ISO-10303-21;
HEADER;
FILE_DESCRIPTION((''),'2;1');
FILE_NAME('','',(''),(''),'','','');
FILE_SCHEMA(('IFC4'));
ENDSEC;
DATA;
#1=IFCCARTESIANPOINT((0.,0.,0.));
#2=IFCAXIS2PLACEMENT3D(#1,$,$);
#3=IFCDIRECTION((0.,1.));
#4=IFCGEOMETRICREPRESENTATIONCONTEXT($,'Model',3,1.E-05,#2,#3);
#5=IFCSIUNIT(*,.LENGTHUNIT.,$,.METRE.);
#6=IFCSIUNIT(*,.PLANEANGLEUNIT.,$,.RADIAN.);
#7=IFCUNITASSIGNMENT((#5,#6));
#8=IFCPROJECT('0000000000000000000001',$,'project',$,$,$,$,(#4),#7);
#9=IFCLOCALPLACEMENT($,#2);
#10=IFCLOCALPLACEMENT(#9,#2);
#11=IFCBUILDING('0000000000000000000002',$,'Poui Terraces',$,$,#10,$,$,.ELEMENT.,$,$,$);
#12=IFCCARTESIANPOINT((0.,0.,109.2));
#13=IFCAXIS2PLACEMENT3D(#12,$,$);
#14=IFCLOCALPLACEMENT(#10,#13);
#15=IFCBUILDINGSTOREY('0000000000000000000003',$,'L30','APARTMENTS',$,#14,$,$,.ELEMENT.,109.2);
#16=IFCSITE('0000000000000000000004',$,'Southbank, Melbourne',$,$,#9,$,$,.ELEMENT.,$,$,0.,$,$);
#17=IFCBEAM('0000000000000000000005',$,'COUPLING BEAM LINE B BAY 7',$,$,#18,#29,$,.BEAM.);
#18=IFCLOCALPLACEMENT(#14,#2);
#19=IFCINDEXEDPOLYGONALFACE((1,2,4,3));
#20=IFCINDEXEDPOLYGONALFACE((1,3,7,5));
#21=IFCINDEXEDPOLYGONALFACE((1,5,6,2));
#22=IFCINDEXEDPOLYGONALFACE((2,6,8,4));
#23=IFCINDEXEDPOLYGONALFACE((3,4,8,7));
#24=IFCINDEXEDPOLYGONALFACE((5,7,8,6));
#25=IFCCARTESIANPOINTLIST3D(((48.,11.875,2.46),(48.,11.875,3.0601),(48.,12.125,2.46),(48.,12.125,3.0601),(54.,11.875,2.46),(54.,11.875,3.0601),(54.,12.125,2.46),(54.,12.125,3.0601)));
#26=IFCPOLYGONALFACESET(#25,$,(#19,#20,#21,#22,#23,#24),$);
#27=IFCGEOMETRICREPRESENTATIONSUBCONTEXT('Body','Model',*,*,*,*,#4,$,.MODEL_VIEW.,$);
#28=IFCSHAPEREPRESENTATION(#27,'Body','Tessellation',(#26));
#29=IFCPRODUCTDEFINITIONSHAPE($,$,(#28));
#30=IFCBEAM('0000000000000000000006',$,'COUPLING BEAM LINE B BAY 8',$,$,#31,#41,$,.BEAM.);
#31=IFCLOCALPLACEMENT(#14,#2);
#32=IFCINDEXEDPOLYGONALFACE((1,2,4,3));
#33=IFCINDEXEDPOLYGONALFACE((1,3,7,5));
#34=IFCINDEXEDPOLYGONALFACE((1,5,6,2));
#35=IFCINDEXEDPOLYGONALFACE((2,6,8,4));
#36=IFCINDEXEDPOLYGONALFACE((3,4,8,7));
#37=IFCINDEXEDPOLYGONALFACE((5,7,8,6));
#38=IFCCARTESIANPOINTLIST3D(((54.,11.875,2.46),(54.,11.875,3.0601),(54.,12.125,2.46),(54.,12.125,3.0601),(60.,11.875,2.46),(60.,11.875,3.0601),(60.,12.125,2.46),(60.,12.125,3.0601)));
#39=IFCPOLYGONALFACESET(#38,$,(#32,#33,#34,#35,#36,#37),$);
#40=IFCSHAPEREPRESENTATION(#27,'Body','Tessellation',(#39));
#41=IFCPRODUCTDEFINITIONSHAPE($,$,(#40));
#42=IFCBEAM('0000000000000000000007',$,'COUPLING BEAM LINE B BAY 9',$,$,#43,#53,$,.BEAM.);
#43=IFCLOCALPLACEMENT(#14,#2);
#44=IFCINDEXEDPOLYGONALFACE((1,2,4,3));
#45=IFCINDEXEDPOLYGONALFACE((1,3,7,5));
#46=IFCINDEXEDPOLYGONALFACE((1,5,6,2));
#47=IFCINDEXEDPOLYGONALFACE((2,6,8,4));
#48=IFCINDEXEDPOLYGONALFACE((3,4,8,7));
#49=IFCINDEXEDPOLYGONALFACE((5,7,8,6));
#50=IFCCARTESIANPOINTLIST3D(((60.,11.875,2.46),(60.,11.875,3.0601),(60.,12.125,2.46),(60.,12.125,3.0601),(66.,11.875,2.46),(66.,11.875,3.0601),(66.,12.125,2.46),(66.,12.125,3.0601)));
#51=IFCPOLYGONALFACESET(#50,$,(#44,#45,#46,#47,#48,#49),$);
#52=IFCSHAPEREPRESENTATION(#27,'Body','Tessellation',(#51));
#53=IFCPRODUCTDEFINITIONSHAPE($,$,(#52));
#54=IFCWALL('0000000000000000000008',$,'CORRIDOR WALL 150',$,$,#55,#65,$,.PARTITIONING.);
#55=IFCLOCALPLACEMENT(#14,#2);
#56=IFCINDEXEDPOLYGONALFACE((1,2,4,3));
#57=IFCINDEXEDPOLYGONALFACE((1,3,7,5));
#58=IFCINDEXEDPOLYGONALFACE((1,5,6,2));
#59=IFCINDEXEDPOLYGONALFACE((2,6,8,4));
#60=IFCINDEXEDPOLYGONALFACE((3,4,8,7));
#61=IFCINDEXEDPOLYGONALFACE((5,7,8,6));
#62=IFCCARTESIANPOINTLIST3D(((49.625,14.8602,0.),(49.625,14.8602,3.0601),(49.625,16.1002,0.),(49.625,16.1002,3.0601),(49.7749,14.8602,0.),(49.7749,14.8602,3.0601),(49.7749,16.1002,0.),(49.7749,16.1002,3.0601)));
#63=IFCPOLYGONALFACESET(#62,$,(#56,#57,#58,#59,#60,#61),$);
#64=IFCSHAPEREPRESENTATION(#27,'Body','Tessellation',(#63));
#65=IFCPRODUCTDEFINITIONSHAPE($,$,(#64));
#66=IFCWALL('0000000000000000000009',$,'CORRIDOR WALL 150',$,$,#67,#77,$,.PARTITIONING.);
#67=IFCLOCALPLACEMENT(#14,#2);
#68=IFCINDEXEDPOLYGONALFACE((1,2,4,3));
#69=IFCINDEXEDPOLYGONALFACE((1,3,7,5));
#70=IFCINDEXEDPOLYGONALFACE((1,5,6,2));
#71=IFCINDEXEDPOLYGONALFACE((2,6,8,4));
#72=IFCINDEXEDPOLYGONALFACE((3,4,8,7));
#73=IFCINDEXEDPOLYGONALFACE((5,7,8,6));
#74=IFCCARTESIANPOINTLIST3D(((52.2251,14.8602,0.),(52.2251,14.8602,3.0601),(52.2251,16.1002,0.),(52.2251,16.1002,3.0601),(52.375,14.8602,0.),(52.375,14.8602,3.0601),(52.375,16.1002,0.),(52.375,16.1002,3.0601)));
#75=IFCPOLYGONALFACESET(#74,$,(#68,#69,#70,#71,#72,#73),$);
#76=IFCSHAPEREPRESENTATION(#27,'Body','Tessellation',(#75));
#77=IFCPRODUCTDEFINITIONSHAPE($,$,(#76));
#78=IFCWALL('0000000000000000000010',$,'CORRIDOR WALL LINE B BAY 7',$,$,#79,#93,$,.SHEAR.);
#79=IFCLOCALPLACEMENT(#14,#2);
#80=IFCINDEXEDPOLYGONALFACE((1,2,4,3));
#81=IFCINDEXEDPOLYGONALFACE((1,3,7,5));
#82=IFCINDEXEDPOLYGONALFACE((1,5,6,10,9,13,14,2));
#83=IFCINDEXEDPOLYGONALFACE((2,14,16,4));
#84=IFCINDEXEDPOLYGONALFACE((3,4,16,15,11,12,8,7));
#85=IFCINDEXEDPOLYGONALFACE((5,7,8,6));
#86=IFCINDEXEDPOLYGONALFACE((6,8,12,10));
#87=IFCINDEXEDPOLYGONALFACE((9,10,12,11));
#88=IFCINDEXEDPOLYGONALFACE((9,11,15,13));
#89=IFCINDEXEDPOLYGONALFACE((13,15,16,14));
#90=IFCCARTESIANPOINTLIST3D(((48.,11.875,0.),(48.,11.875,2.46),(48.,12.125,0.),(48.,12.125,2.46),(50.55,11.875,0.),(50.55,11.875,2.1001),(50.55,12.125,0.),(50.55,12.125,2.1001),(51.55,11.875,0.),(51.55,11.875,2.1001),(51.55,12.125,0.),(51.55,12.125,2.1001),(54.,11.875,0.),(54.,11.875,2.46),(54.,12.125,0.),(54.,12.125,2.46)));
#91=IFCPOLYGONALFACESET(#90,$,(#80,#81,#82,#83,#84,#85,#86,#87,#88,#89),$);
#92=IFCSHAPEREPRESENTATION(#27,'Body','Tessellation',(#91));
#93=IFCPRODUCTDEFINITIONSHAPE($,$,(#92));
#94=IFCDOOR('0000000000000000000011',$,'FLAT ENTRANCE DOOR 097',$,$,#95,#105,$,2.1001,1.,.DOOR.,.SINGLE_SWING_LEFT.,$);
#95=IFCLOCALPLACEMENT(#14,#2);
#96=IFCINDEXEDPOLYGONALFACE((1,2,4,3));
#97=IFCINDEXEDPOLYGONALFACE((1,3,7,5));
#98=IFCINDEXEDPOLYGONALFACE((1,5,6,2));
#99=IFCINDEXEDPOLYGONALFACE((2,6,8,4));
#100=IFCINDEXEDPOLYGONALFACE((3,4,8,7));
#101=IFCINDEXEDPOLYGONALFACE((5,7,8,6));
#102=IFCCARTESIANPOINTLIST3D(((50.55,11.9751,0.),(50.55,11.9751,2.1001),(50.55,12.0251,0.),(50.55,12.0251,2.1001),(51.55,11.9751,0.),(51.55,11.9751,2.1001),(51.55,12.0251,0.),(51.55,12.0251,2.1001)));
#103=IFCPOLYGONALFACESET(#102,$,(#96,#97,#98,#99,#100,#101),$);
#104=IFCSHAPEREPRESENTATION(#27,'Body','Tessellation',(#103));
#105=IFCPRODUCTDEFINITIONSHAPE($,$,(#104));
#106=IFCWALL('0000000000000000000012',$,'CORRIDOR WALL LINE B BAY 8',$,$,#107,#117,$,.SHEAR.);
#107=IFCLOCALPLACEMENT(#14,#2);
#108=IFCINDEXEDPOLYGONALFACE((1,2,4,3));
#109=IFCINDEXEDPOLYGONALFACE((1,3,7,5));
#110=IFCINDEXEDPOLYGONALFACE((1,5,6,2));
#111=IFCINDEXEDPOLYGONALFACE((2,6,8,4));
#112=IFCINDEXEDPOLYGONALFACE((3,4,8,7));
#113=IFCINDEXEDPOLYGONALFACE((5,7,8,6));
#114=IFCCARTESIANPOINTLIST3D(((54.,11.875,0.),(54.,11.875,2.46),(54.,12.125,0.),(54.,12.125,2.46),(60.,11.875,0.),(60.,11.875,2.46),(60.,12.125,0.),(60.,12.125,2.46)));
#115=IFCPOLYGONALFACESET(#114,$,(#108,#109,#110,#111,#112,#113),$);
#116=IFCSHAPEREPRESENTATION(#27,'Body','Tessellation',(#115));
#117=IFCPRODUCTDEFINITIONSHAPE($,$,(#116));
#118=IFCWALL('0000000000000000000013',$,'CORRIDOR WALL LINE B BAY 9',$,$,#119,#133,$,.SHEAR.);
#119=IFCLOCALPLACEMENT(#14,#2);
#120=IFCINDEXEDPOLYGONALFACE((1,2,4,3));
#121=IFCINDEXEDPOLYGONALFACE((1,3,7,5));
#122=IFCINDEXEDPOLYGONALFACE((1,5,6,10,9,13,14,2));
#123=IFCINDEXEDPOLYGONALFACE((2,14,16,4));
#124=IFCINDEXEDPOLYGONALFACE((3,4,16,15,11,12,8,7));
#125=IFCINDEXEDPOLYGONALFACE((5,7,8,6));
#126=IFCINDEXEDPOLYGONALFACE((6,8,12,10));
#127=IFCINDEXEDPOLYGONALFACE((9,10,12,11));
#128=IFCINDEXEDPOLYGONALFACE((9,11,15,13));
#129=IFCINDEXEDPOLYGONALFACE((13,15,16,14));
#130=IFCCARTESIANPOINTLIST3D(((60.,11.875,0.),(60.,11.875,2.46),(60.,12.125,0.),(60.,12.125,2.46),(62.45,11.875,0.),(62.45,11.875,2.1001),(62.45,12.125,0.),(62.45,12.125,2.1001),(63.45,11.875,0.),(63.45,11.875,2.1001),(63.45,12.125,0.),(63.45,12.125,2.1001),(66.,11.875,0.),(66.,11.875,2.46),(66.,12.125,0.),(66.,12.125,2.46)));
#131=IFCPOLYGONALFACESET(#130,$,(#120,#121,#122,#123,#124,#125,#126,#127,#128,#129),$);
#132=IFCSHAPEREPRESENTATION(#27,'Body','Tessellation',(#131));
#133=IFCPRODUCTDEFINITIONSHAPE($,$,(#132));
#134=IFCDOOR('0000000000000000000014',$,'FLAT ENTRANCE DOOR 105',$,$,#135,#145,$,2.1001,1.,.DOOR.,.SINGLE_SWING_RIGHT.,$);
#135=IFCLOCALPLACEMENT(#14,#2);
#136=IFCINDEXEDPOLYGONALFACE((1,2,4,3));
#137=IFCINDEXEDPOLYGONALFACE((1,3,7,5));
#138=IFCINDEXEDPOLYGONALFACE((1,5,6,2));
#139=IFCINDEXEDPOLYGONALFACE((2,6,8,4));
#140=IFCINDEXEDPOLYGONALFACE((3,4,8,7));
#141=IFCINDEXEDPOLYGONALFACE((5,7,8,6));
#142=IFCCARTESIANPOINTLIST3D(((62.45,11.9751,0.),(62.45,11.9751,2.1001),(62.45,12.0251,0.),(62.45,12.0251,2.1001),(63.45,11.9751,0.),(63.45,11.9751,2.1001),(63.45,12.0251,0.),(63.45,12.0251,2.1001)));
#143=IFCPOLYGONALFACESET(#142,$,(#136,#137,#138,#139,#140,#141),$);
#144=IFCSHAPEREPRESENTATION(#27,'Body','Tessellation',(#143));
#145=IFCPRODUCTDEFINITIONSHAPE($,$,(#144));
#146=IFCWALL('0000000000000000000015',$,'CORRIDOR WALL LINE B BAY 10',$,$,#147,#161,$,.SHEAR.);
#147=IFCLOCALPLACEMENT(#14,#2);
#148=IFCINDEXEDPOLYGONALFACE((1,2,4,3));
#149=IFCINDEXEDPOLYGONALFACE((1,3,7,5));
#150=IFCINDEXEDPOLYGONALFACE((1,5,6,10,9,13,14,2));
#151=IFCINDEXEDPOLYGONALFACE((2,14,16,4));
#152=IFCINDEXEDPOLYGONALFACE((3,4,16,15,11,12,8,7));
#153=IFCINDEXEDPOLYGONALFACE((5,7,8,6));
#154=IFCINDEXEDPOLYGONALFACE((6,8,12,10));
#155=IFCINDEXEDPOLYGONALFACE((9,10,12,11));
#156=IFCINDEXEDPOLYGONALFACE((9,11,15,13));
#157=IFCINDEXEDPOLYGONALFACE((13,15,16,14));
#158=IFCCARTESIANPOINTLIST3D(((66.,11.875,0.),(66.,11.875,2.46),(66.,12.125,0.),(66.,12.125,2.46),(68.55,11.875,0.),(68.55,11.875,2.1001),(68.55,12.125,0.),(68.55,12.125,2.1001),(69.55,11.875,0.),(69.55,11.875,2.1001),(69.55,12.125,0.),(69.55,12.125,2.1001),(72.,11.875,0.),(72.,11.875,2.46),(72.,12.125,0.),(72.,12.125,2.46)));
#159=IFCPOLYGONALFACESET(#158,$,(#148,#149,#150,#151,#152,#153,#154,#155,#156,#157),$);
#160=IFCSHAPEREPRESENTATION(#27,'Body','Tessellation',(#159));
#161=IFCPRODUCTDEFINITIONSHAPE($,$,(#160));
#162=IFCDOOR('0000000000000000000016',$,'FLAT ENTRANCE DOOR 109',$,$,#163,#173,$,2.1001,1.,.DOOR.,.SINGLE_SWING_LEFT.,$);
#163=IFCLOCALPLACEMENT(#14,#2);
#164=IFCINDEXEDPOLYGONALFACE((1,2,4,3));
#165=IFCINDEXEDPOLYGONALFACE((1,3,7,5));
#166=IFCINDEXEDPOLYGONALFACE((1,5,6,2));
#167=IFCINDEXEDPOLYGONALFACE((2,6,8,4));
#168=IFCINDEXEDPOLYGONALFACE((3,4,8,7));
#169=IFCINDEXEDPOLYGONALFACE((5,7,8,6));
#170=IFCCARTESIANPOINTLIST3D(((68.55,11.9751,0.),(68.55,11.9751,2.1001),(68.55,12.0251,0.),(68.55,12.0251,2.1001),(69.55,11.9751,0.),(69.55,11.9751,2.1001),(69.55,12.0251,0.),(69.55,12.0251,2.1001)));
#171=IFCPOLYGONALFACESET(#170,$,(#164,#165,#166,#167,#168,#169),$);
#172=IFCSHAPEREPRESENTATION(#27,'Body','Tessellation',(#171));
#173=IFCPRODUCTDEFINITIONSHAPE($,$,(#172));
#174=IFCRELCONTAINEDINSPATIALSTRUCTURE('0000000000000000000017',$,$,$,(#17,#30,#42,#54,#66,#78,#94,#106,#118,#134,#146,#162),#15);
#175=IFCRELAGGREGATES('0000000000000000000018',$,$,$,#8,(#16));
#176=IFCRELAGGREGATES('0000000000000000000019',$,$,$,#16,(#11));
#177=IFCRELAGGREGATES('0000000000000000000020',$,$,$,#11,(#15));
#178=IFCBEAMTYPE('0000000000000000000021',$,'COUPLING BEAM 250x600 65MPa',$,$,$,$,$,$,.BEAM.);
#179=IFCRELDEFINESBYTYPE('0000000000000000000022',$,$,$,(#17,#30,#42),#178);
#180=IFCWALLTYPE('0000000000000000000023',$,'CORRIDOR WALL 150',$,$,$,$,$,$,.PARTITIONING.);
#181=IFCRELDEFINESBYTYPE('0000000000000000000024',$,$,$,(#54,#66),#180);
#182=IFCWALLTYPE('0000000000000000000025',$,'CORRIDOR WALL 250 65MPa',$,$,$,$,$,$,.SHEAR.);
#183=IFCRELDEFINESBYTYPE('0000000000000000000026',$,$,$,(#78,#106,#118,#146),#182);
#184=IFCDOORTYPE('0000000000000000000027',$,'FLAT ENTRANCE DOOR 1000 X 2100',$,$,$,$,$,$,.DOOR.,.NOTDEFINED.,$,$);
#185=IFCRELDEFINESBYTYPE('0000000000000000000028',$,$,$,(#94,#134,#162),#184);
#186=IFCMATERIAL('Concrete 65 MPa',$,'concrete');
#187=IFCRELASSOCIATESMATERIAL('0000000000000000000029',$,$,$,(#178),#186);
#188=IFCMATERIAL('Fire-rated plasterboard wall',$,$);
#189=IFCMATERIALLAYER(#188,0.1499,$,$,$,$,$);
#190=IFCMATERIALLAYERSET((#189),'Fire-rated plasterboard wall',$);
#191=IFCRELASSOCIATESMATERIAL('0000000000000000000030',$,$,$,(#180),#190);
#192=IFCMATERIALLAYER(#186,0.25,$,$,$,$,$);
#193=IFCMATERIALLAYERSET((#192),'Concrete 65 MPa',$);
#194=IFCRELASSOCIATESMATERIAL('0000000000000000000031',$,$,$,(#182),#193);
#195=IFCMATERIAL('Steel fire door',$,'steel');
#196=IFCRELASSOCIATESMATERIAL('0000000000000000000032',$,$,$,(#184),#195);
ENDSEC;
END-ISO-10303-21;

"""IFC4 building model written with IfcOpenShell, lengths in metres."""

from ifc_helpers import new_model, si_unit, direction, frame, frame_2d, origin, origin_2d, place, context, subcontext, project, spatial, rectangle, extrude, source, transform, mapped, material, layer, layer_set, material_profile, profile_set, type_object, element, fill, save


model = new_model("IFC4")

# Units and contexts
model_context = context("Model", 3, precision=1e-05, world=origin(), true_north=direction((0.0, 1.0)))
body_context = subcontext(model_context, "Body", "Model", "MODEL_VIEW")
ifc_project = project(units=[si_unit("LENGTHUNIT", "METRE"), si_unit("PLANEANGLEUNIT", "RADIAN")], contexts=[model_context])

# Site, building, storey
site_placement = place(None, origin())
site = spatial("IfcSite", under=ifc_project, at=site_placement, Name="Southbank, Melbourne", CompositionType="ELEMENT", RefElevation=0.0)
building_placement = place(site_placement, origin())
building = spatial("IfcBuilding", under=site, at=building_placement, Name="Poui Terraces", CompositionType="ELEMENT")
storey_placement = place(building_placement, frame((0.0, 0.0, 109.2)))
storey = spatial("IfcBuildingStorey", under=building, at=storey_placement, Name="L30", Description="APARTMENTS", CompositionType="ELEMENT", Elevation=109.2)

# Beams
ifc_material_1 = material(Name="Concrete 65 MPa", Category="concrete")
ifc_material_profile = material_profile(ifc_material_1, rectangle(XDim=0.25, YDim=0.6001, at=origin_2d()), Name="RC 250x600")
ifc_profile_set = profile_set([ifc_material_profile], Name="Concrete 65 MPa")
beam_type = type_object("IfcBeamType", Name="COUPLING BEAM 250x600 65MPa", PredefinedType="BEAM", material=ifc_profile_set)
shared_shape = source(origin(), body_context, "Body", "SweptSolid", [
    extrude(rectangle(XDim=0.25, YDim=0.6001, at=origin_2d()), origin(), (0.0, 0.0, 1.0), 6.0),
])
for number, where, z_axis, x_axis, name in (
    (1, (48.0, 12.0, 2.76), (1.0, 0.0, 0.0), (0.0, 1.0, 0.0), "COUPLING BEAM LINE B BAY 7"),
    (2, (54.0, 12.0, 2.76), (1.0, 0.0, 0.0), (0.0, 1.0, 0.0), "COUPLING BEAM LINE B BAY 8"),
    (3, (60.0, 12.0, 2.76), (1.0, 0.0, 0.0), (0.0, 1.0, 0.0), "COUPLING BEAM LINE B BAY 9"),
):
    element("IfcBeam", number, at=place(storey_placement, frame(where, z_axis=z_axis, x_axis=x_axis)), inside=storey, type_object=beam_type, Name=name, PredefinedType="BEAM", context=body_context, shape_type="MappedRepresentation", body=[
        mapped(shared_shape, transform((0.0, 0.0, 0.0))),
    ])

# Walls
ifc_material_2 = material(Name="Fire-rated plasterboard wall")
ifc_layer_1 = layer(ifc_material_2, 0.1499)
ifc_layer_set_1 = layer_set([ifc_layer_1], Name="Fire-rated plasterboard wall")
wall_type_1 = type_object("IfcWallType", Name="CORRIDOR WALL 150", PredefinedType="PARTITIONING", material=ifc_layer_set_1)
for number, where, z_axis, x_axis, name in (
    (4, (49.7, 14.8601, 0.0), (0.0, 0.0, 1.0), (0.0, 1.0, 0.0), "CORRIDOR WALL 150"),
    (5, (52.3, 14.8601, 0.0), (0.0, 0.0, 1.0), (0.0, 1.0, 0.0), "CORRIDOR WALL 150"),
):
    element("IfcWall", number, at=place(storey_placement, frame(where, z_axis=z_axis, x_axis=x_axis)), inside=storey, type_object=wall_type_1, Name=name, PredefinedType="PARTITIONING", context=body_context, shape_type="SweptSolid", body=[
        extrude(rectangle(XDim=1.24, YDim=0.1499, at=frame_2d((0.6201, 0.0))), origin(), (0.0, 0.0, 1.0), 3.0601),
    ])

# Wall, opening, door
ifc_layer_2 = layer(ifc_material_1, 0.25)
ifc_layer_set_2 = layer_set([ifc_layer_2], Name="Concrete 65 MPa")
wall_type_2 = type_object("IfcWallType", Name="CORRIDOR WALL 250 65MPa", PredefinedType="SHEAR", material=ifc_layer_set_2)
wall_1_placement = place(storey_placement, frame((48.0, 12.0, 0.0), z_axis=(0.0, 0.0, 1.0), x_axis=(1.0, 0.0, 0.0)))
wall_1 = element("IfcWall", 6, at=wall_1_placement, inside=storey, type_object=wall_type_2, Name="CORRIDOR WALL LINE B BAY 7", PredefinedType="SHEAR", context=body_context, shape_type="SweptSolid", body=[
    extrude(rectangle(XDim=6.0, YDim=0.25, at=frame_2d((3.0, 0.0))), origin(), (0.0, 0.0, 1.0), 2.46),
])
opening_1_placement = place(wall_1_placement, frame((2.55, 0.0, 0.0)))
opening_1 = element("IfcOpeningElement", 7, at=opening_1_placement, cuts=wall_1, PredefinedType="OPENING", context=body_context, shape_type="SweptSolid", body=[
    extrude(rectangle(XDim=1.0, YDim=2.1001, at=frame_2d((0.5, 1.05))), frame((0.0, 0.135, 0.0), z_axis=(0.0, -1.0, 0.0), x_axis=(1.0, 0.0, 0.0)), (0.0, 0.0, 1.0), 0.27),
])
ifc_material_3 = material(Name="Steel fire door", Category="steel")
door_type_1 = type_object("IfcDoorType", Name="FLAT ENTRANCE DOOR 1000 X 2100", OperationType="NOTDEFINED", PredefinedType="DOOR", material=ifc_material_3)
door_1_placement = place(opening_1_placement, frame((1.0, 0.0, 0.0), z_axis=(0.0, 0.0, 1.0), x_axis=(-1.0, 0.0, 0.0)))
door_1 = element("IfcDoor", 8, at=door_1_placement, inside=storey, type_object=door_type_1, Name="FLAT ENTRANCE DOOR 097", OperationType="SINGLE_SWING_LEFT", OverallHeight=2.1001, OverallWidth=1.0, PredefinedType="DOOR", context=body_context, shape_type="SweptSolid", body=[
    extrude(rectangle(XDim=1.0, YDim=2.1001, at=frame_2d((0.5, 1.05))), frame((0.0, 0.0249, 0.0), z_axis=(0.0, -1.0, 0.0), x_axis=(1.0, 0.0, 0.0)), (0.0, 0.0, 1.0), 0.05),
])
fill(opening_1, door_1)

# Wall
wall_2_placement = place(storey_placement, frame((54.0, 12.0, 0.0), z_axis=(0.0, 0.0, 1.0), x_axis=(1.0, 0.0, 0.0)))
element("IfcWall", 9, at=wall_2_placement, inside=storey, type_object=wall_type_2, Name="CORRIDOR WALL LINE B BAY 8", PredefinedType="SHEAR", context=body_context, shape_type="SweptSolid", body=[
    extrude(rectangle(XDim=6.0, YDim=0.25, at=frame_2d((3.0, 0.0))), origin(), (0.0, 0.0, 1.0), 2.46),
])

# Walls, openings, doors
wall_3_placement = place(storey_placement, frame((60.0, 12.0, 0.0), z_axis=(0.0, 0.0, 1.0), x_axis=(1.0, 0.0, 0.0)))
wall_3 = element("IfcWall", 10, at=wall_3_placement, inside=storey, type_object=wall_type_2, Name="CORRIDOR WALL LINE B BAY 9", PredefinedType="SHEAR", context=body_context, shape_type="SweptSolid", body=[
    extrude(rectangle(XDim=6.0, YDim=0.25, at=frame_2d((3.0, 0.0))), origin(), (0.0, 0.0, 1.0), 2.46),
])
opening_2_placement = place(wall_3_placement, frame((2.45, 0.0, 0.0)))
opening_2 = element("IfcOpeningElement", 11, at=opening_2_placement, cuts=wall_3, PredefinedType="OPENING", context=body_context, shape_type="SweptSolid", body=[
    extrude(rectangle(XDim=1.0, YDim=2.1001, at=frame_2d((0.5, 1.05))), frame((0.0, 0.135, 0.0), z_axis=(0.0, -1.0, 0.0), x_axis=(1.0, 0.0, 0.0)), (0.0, 0.0, 1.0), 0.27),
])
door_2_placement = place(opening_2_placement, frame((1.0, 0.0, 0.0), z_axis=(0.0, 0.0, 1.0), x_axis=(-1.0, 0.0, 0.0)))
door_2 = element("IfcDoor", 12, at=door_2_placement, inside=storey, type_object=door_type_1, Name="FLAT ENTRANCE DOOR 105", OperationType="SINGLE_SWING_RIGHT", OverallHeight=2.1001, OverallWidth=1.0, PredefinedType="DOOR", context=body_context, shape_type="SweptSolid", body=[
    extrude(rectangle(XDim=1.0, YDim=2.1001, at=frame_2d((0.5, 1.05))), frame((0.0, 0.0249, 0.0), z_axis=(0.0, -1.0, 0.0), x_axis=(1.0, 0.0, 0.0)), (0.0, 0.0, 1.0), 0.05),
])
fill(opening_2, door_2)
wall_4_placement = place(storey_placement, frame((66.0, 12.0, 0.0), z_axis=(0.0, 0.0, 1.0), x_axis=(1.0, 0.0, 0.0)))
wall_4 = element("IfcWall", 13, at=wall_4_placement, inside=storey, type_object=wall_type_2, Name="CORRIDOR WALL LINE B BAY 10", PredefinedType="SHEAR", context=body_context, shape_type="SweptSolid", body=[
    extrude(rectangle(XDim=6.0, YDim=0.25, at=frame_2d((3.0, 0.0))), origin(), (0.0, 0.0, 1.0), 2.46),
])
opening_3_placement = place(wall_4_placement, frame((2.55, 0.0, 0.0)))
opening_3 = element("IfcOpeningElement", 14, at=opening_3_placement, cuts=wall_4, PredefinedType="OPENING", context=body_context, shape_type="SweptSolid", body=[
    extrude(rectangle(XDim=1.0, YDim=2.1001, at=frame_2d((0.5, 1.05))), frame((0.0, 0.135, 0.0), z_axis=(0.0, -1.0, 0.0), x_axis=(1.0, 0.0, 0.0)), (0.0, 0.0, 1.0), 0.27),
])
door_3_placement = place(opening_3_placement, frame((1.0, 0.0, 0.0), z_axis=(0.0, 0.0, 1.0), x_axis=(-1.0, 0.0, 0.0)))
door_3 = element("IfcDoor", 15, at=door_3_placement, inside=storey, type_object=door_type_1, Name="FLAT ENTRANCE DOOR 109", OperationType="SINGLE_SWING_LEFT", OverallHeight=2.1001, OverallWidth=1.0, PredefinedType="DOOR", context=body_context, shape_type="SweptSolid", body=[
    extrude(rectangle(XDim=1.0, YDim=2.1001, at=frame_2d((0.5, 1.05))), frame((0.0, 0.0249, 0.0), z_axis=(0.0, -1.0, 0.0), x_axis=(1.0, 0.0, 0.0)), (0.0, 0.0, 1.0), 0.05),
])
fill(opening_3, door_3)

save(model, "model.ifc")
